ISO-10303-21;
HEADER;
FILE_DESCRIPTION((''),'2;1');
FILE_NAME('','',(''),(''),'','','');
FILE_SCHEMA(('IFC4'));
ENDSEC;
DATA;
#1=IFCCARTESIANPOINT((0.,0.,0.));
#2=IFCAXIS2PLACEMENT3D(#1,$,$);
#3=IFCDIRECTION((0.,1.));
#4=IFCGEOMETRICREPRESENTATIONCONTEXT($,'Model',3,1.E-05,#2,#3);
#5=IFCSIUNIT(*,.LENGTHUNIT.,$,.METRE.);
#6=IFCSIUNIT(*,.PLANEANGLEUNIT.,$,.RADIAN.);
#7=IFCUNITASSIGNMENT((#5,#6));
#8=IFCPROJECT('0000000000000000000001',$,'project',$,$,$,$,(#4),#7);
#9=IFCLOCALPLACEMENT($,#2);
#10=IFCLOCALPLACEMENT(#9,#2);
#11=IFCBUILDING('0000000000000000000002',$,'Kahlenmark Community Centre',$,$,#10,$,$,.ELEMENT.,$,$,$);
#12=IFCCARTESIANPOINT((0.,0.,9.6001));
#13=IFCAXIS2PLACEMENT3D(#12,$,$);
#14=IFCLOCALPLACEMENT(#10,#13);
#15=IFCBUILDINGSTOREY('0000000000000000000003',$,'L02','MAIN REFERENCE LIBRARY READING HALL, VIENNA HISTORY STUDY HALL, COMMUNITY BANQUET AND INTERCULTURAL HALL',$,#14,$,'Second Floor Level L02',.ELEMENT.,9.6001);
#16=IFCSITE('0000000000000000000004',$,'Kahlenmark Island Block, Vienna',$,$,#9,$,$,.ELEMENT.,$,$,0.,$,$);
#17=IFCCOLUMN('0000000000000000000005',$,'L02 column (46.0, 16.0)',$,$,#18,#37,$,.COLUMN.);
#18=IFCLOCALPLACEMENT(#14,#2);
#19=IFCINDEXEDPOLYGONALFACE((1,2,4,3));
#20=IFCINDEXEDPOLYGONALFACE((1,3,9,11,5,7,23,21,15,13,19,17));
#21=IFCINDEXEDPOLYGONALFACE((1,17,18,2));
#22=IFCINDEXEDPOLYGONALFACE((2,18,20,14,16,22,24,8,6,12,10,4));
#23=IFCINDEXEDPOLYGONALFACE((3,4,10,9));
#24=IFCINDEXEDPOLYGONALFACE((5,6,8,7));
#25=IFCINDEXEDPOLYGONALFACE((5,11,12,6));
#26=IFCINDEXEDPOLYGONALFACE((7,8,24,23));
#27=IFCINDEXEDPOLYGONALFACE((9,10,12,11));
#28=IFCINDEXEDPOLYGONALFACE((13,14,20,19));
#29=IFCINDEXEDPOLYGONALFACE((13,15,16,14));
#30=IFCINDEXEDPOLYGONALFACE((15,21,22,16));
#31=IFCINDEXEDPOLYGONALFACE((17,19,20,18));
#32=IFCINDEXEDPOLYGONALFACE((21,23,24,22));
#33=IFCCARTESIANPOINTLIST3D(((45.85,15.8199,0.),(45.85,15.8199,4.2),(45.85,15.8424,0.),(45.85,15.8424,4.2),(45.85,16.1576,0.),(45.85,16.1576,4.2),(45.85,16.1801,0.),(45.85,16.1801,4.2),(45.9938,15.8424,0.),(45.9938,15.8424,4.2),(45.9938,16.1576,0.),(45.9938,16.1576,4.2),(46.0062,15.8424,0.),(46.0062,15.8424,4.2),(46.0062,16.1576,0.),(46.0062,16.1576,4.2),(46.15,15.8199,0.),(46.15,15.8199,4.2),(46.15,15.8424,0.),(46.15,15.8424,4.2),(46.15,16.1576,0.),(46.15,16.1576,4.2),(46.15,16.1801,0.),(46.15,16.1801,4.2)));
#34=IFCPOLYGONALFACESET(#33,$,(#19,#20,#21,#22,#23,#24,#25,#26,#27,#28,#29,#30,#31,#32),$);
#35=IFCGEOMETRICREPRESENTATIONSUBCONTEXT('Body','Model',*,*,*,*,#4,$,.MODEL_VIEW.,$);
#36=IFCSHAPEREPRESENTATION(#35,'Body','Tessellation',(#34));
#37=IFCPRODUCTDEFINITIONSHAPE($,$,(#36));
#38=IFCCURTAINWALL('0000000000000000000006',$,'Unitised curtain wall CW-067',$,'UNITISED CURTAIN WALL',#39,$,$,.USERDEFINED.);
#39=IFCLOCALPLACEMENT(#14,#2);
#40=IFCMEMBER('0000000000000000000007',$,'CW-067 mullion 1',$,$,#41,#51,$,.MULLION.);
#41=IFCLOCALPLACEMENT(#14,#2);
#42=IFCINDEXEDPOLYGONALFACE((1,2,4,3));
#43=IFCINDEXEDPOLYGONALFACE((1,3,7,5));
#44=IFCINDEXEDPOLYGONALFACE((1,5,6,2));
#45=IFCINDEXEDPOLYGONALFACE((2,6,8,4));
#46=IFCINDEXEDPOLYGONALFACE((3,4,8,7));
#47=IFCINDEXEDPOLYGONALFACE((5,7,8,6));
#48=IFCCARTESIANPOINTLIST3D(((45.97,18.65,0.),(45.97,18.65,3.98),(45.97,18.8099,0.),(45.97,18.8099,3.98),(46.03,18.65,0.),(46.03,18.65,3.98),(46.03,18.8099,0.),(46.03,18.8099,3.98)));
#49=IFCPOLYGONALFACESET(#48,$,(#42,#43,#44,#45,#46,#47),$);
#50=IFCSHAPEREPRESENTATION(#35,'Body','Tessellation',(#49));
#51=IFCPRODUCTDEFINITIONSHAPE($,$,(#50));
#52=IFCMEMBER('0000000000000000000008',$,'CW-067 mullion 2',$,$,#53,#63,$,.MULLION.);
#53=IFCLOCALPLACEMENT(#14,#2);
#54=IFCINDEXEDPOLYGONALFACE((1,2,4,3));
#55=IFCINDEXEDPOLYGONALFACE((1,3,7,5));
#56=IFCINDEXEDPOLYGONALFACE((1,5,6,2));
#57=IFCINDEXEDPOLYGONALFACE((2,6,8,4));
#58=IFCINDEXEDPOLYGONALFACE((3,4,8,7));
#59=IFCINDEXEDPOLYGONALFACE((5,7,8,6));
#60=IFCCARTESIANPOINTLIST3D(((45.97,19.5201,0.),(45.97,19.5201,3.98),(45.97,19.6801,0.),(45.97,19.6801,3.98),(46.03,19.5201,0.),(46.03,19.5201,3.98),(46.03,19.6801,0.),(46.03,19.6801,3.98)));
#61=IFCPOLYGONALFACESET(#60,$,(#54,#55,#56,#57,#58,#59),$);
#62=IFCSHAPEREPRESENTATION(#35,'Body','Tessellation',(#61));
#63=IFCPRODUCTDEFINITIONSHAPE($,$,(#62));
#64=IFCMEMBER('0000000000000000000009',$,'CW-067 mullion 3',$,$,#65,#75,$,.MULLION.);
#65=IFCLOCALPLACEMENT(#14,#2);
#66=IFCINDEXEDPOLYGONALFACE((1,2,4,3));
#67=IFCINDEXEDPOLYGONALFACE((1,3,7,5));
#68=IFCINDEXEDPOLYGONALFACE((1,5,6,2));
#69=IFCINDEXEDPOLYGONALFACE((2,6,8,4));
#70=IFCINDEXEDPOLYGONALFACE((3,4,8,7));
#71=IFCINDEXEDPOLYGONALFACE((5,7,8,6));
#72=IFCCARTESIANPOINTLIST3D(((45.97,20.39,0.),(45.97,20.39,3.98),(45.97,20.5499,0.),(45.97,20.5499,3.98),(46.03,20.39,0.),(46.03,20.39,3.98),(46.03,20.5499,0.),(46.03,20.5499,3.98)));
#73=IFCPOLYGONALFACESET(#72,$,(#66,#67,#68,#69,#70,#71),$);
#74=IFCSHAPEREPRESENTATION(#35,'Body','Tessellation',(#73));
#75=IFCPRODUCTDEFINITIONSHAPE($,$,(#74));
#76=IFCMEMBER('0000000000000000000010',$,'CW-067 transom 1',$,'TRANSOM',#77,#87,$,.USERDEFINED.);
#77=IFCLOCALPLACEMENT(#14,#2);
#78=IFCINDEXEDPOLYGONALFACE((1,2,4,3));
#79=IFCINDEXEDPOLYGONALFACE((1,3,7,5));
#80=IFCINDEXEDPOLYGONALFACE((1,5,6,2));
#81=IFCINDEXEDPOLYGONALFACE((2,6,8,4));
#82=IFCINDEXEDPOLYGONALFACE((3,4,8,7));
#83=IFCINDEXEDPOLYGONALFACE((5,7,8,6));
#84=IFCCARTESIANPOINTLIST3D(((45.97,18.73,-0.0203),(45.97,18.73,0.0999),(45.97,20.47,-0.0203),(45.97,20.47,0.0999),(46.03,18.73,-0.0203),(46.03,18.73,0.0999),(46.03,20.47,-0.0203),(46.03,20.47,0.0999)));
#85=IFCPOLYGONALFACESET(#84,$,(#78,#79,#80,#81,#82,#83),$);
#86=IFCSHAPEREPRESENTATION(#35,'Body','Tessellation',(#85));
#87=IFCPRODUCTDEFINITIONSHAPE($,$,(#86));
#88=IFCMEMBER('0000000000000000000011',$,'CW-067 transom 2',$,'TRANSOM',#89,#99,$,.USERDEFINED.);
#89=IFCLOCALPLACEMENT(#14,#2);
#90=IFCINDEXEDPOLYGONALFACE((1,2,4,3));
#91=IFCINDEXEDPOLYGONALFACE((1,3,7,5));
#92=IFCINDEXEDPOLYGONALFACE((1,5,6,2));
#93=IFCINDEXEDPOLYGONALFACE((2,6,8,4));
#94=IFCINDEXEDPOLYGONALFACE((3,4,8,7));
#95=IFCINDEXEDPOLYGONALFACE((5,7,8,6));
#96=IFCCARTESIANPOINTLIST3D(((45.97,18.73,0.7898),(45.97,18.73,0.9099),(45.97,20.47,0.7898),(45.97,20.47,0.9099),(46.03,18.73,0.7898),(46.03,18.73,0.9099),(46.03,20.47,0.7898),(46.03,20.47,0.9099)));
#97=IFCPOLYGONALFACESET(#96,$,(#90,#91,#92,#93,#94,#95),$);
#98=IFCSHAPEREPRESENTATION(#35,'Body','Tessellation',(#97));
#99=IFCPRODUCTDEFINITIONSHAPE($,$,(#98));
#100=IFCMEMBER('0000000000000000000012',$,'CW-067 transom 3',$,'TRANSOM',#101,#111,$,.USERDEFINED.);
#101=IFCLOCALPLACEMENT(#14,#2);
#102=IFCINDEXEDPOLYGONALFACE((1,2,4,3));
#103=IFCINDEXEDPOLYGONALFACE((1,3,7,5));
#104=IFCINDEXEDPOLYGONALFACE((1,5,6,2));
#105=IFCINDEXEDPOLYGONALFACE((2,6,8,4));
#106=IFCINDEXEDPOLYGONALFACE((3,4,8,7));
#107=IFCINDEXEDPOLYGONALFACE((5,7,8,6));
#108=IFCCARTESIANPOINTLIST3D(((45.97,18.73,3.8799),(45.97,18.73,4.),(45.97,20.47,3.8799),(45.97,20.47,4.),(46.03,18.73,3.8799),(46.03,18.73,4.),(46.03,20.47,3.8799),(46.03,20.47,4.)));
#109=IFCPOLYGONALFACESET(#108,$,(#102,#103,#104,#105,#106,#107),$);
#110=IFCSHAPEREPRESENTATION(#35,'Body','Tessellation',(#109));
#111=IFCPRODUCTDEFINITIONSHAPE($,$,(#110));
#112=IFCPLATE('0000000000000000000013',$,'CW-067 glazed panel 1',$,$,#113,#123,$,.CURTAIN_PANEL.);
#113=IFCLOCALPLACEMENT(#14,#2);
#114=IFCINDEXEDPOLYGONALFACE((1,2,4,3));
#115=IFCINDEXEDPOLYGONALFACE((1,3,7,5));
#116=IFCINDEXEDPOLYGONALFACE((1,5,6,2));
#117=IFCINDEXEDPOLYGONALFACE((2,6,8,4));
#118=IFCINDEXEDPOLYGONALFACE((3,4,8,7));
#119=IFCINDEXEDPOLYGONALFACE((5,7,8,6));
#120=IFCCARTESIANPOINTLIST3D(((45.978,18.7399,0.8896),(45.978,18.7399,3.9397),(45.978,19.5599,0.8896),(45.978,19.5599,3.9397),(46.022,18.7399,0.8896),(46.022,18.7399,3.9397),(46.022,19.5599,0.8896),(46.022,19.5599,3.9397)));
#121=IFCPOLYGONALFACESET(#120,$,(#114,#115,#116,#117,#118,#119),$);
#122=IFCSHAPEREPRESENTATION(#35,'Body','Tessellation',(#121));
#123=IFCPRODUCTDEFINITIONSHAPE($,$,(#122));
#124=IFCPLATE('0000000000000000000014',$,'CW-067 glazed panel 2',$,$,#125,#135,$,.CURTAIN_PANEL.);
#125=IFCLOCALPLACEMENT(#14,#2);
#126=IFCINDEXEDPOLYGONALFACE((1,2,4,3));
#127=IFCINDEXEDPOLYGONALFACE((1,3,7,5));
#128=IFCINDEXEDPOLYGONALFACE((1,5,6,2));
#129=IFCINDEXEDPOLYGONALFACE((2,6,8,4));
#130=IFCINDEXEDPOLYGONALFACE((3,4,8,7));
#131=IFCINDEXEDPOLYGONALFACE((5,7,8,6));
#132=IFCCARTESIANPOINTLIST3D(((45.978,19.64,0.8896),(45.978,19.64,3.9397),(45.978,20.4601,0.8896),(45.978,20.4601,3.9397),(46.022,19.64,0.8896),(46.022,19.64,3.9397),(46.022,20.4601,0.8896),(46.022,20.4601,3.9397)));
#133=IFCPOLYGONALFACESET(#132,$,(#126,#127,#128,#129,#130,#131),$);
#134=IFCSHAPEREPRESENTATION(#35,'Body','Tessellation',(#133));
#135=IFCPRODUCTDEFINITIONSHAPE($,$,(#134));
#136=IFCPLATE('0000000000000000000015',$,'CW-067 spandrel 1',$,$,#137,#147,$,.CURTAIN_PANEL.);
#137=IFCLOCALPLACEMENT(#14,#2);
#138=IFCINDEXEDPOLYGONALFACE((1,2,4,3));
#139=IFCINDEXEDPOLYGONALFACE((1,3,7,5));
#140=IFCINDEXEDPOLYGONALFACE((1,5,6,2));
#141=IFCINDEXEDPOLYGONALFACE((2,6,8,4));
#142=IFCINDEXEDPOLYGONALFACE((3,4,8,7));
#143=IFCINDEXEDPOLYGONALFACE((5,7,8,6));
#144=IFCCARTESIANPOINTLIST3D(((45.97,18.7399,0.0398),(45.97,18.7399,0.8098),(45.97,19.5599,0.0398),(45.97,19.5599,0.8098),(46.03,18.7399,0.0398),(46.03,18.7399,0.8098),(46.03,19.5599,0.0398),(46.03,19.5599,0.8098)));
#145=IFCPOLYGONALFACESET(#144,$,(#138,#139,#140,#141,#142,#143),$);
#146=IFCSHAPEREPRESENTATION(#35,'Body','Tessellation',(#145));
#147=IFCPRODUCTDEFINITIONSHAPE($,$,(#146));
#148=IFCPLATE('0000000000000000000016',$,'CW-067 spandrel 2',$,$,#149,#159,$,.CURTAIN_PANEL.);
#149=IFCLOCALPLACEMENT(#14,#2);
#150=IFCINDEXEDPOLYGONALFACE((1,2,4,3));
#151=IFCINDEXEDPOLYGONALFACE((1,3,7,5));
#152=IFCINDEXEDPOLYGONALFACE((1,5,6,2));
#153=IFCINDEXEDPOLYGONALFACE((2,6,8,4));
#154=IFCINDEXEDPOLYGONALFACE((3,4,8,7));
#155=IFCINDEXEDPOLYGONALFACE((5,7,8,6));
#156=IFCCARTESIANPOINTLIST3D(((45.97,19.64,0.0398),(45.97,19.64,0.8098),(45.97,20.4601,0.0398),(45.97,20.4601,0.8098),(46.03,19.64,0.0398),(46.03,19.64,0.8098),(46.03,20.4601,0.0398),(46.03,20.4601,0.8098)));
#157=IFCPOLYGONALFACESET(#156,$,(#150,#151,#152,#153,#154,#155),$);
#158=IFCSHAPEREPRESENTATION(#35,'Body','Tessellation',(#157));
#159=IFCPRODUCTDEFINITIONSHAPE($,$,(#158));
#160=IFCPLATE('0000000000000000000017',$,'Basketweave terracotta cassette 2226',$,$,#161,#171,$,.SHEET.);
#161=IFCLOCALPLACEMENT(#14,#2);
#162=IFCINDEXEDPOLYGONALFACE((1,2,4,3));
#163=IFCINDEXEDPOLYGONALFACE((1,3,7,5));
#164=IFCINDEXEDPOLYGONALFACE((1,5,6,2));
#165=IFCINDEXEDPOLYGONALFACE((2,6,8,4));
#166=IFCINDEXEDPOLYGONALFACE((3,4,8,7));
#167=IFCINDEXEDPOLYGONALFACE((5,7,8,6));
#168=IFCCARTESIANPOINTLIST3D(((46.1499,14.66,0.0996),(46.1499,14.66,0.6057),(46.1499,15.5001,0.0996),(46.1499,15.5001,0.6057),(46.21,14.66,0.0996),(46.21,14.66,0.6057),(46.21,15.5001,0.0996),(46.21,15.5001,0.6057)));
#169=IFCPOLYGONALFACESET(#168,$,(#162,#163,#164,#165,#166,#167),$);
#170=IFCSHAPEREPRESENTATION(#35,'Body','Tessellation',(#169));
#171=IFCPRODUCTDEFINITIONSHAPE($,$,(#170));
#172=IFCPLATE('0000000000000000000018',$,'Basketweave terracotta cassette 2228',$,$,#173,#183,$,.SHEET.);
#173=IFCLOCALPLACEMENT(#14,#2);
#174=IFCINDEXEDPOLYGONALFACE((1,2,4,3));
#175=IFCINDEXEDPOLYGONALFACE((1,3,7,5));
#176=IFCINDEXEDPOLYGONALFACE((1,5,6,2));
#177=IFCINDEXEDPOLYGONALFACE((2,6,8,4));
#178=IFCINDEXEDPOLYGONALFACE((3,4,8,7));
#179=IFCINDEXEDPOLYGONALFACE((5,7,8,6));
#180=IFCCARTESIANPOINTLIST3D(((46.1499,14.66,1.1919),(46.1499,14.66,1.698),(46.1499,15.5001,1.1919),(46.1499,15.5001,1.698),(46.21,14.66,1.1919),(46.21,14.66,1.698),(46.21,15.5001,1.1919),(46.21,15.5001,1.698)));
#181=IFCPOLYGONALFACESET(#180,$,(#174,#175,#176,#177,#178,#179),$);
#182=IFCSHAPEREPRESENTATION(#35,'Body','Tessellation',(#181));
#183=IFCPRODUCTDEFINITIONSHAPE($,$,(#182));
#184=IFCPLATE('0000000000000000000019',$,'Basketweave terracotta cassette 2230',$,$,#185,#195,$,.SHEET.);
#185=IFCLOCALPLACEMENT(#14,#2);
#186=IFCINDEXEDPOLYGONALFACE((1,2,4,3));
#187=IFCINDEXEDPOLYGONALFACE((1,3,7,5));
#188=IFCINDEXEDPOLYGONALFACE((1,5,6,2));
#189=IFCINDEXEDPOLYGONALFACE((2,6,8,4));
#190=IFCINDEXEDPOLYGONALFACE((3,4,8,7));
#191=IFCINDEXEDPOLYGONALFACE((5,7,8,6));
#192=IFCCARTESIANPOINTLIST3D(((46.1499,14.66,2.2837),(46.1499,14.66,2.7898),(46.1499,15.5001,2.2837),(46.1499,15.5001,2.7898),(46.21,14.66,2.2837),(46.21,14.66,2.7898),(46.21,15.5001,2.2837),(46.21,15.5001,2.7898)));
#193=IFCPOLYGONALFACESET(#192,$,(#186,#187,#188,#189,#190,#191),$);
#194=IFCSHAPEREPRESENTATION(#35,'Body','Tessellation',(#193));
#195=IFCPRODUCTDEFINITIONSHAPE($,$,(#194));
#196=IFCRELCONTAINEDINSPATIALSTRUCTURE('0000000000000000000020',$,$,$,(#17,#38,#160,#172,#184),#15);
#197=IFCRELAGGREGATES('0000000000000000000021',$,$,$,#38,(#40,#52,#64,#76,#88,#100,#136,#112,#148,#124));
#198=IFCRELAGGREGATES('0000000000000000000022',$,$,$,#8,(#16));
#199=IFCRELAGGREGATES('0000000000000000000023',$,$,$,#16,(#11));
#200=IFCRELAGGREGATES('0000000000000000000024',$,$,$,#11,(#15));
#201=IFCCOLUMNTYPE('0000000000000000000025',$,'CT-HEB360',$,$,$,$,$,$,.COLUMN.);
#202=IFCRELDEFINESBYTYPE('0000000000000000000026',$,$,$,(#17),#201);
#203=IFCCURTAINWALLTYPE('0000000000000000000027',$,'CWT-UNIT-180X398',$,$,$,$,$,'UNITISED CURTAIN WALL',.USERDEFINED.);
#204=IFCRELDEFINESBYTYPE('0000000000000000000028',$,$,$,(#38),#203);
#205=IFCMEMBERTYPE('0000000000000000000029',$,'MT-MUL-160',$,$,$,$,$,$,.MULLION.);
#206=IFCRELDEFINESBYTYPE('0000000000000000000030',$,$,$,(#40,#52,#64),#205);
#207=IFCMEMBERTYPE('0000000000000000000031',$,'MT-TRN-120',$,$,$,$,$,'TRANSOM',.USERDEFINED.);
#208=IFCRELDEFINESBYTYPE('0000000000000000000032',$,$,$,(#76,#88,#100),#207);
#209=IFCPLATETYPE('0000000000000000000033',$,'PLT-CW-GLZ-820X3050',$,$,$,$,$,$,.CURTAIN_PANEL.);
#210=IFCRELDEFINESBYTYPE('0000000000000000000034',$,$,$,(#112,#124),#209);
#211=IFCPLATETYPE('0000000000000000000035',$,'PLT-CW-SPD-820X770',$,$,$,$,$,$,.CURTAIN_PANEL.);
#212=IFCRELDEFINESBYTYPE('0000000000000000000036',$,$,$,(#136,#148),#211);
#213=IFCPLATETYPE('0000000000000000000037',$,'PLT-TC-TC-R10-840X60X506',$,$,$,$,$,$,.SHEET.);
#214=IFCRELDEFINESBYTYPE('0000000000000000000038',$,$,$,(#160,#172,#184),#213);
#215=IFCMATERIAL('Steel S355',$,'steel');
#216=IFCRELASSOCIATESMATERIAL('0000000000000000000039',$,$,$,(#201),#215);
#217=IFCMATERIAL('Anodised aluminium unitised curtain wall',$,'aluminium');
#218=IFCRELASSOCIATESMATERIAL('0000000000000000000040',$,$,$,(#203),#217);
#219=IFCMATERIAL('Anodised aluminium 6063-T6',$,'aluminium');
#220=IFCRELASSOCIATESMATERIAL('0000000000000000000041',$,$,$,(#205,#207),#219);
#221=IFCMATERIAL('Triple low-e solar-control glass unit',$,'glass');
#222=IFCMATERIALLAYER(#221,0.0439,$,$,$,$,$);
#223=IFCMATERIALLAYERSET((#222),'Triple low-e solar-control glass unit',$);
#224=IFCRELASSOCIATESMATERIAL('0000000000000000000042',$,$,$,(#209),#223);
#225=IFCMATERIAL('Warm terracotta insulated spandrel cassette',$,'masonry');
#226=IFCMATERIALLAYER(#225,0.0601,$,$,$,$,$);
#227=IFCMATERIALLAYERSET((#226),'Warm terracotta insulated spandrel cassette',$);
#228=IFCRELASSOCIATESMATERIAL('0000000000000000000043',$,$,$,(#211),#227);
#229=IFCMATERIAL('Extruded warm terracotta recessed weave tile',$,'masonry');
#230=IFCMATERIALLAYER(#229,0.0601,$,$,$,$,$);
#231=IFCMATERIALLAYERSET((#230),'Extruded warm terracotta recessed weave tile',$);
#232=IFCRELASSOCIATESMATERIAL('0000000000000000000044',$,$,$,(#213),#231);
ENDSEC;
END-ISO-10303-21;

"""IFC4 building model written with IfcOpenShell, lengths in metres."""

from ifc_helpers import new_model, si_unit, direction, frame, origin, origin_2d, place, context, subcontext, project, spatial, rectangle, i_section, extrude, material, layer, layer_set, material_profile, profile_set, type_object, element, aggregate, save


model = new_model("IFC4")

# Units and contexts
model_context = context("Model", 3, precision=1e-05, world=origin(), true_north=direction((0.0, 1.0)))
body_context = subcontext(model_context, "Body", "Model", "MODEL_VIEW")
ifc_project = project(units=[si_unit("LENGTHUNIT", "METRE"), si_unit("PLANEANGLEUNIT", "RADIAN")], contexts=[model_context])

# Site, building, storey
site_placement = place(None, origin())
site = spatial("IfcSite", under=ifc_project, at=site_placement, Name="Kahlenmark Island Block, Vienna", CompositionType="ELEMENT", RefElevation=0.0)
building_placement = place(site_placement, origin())
building = spatial("IfcBuilding", under=site, at=building_placement, Name="Kahlenmark Community Centre", CompositionType="ELEMENT")
storey_placement = place(building_placement, frame((0.0, 0.0, 9.6001)))
storey = spatial("IfcBuildingStorey", under=building, at=storey_placement, Name="L02", Description="MAIN REFERENCE LIBRARY READING HALL, VIENNA HISTORY STUDY HALL, COMMUNITY BANQUET AND INTERCULTURAL HALL", LongName="Second Floor Level L02", CompositionType="ELEMENT", Elevation=9.6001)

# Column
ifc_material_1 = material(Name="Steel S355", Category="steel")
ifc_material_profile_1 = material_profile(ifc_material_1, i_section(OverallWidth=0.3, OverallDepth=0.3601, WebThickness=0.0125, FlangeThickness=0.0225, at=origin_2d()), Name="HEB 360")
ifc_profile_set_1 = profile_set([ifc_material_profile_1], Name="Steel S355")
column_type = type_object("IfcColumnType", Name="CT-HEB360", PredefinedType="COLUMN", material=ifc_profile_set_1)
column_placement = place(storey_placement, frame((46.0, 16.0, 0.0), z_axis=(0.0, 0.0, 1.0), x_axis=(1.0, 0.0, 0.0)))
element("IfcColumn", 1, at=column_placement, inside=storey, type_object=column_type, Name="L02 column (46.0, 16.0)", PredefinedType="COLUMN", context=body_context, shape_type="SweptSolid", body=[
    extrude(i_section(OverallWidth=0.3, OverallDepth=0.3601, WebThickness=0.0125, FlangeThickness=0.0225, at=origin_2d()), origin(), (0.0, 0.0, 1.0), 4.2),
])

# Curtain wall, members, plates
ifc_material_2 = material(Name="Anodised aluminium unitised curtain wall", Category="aluminium")
curtain_wall_type = type_object("IfcCurtainWallType", Name="CWT-UNIT-180X398", ElementType="UNITISED CURTAIN WALL", PredefinedType="USERDEFINED", material=ifc_material_2)
curtain_wall_placement = place(storey_placement, origin())
curtain_wall = element("IfcCurtainWall", 2, at=curtain_wall_placement, inside=storey, type_object=curtain_wall_type, Name="Unitised curtain wall CW-067", ObjectType="UNITISED CURTAIN WALL", PredefinedType="USERDEFINED")
ifc_material_3 = material(Name="Anodised aluminium 6063-T6", Category="aluminium")
ifc_material_profile_2 = material_profile(ifc_material_3, rectangle(XDim=0.0601, YDim=0.1599, at=origin_2d()), Name="ALU MULLION 60x160")
ifc_profile_set_2 = profile_set([ifc_material_profile_2], Name="Anodised aluminium 6063-T6")
member_type_1 = type_object("IfcMemberType", Name="MT-MUL-160", PredefinedType="MULLION", material=ifc_profile_set_2)
member_1_placement = place(storey_placement, frame((46.0, 18.73, 0.0), z_axis=(0.0, 0.0, 1.0), x_axis=(-1.0, 0.0, 0.0)))
member_1 = element("IfcMember", 3, at=member_1_placement, type_object=member_type_1, Name="CW-067 mullion 1", PredefinedType="MULLION", context=body_context, shape_type="SweptSolid", body=[
    extrude(rectangle(XDim=0.0601, YDim=0.1599, at=origin_2d()), origin(), (0.0, 0.0, 1.0), 3.98),
])
member_2_placement = place(storey_placement, frame((46.0, 19.6001, 0.0), z_axis=(0.0, 0.0, 1.0), x_axis=(-1.0, 0.0, 0.0)))
member_2 = element("IfcMember", 4, at=member_2_placement, type_object=member_type_1, Name="CW-067 mullion 2", PredefinedType="MULLION", context=body_context, shape_type="SweptSolid", body=[
    extrude(rectangle(XDim=0.0601, YDim=0.1599, at=origin_2d()), origin(), (0.0, 0.0, 1.0), 3.98),
])
member_3_placement = place(storey_placement, frame((46.0, 20.47, 0.0), z_axis=(0.0, 0.0, 1.0), x_axis=(-1.0, 0.0, 0.0)))
member_3 = element("IfcMember", 5, at=member_3_placement, type_object=member_type_1, Name="CW-067 mullion 3", PredefinedType="MULLION", context=body_context, shape_type="SweptSolid", body=[
    extrude(rectangle(XDim=0.0601, YDim=0.1599, at=origin_2d()), origin(), (0.0, 0.0, 1.0), 3.98),
])
ifc_material_profile_3 = material_profile(ifc_material_3, rectangle(XDim=0.0601, YDim=0.1201, at=origin_2d()), Name="ALU TRANSOM 60x120")
ifc_profile_set_3 = profile_set([ifc_material_profile_3], Name="Anodised aluminium 6063-T6")
member_type_2 = type_object("IfcMemberType", Name="MT-TRN-120", ElementType="TRANSOM", PredefinedType="USERDEFINED", material=ifc_profile_set_3)
member_4_placement = place(storey_placement, frame((46.0, 18.73, 0.0398), z_axis=(0.0, 1.0, 0.0), x_axis=(-1.0, 0.0, 0.0)))
member_4 = element("IfcMember", 6, at=member_4_placement, type_object=member_type_2, Name="CW-067 transom 1", ObjectType="TRANSOM", PredefinedType="USERDEFINED", context=body_context, shape_type="SweptSolid", body=[
    extrude(rectangle(XDim=0.0601, YDim=0.1201, at=origin_2d()), origin(), (0.0, 0.0, 1.0), 1.74),
])
member_5_placement = place(storey_placement, frame((46.0, 18.73, 0.8499), z_axis=(0.0, 1.0, 0.0), x_axis=(-1.0, 0.0, 0.0)))
member_5 = element("IfcMember", 7, at=member_5_placement, type_object=member_type_2, Name="CW-067 transom 2", ObjectType="TRANSOM", PredefinedType="USERDEFINED", context=body_context, shape_type="SweptSolid", body=[
    extrude(rectangle(XDim=0.0601, YDim=0.1201, at=origin_2d()), origin(), (0.0, 0.0, 1.0), 1.74),
])
member_6_placement = place(storey_placement, frame((46.0, 18.73, 3.9399), z_axis=(0.0, 1.0, 0.0), x_axis=(-1.0, 0.0, 0.0)))
member_6 = element("IfcMember", 8, at=member_6_placement, type_object=member_type_2, Name="CW-067 transom 3", ObjectType="TRANSOM", PredefinedType="USERDEFINED", context=body_context, shape_type="SweptSolid", body=[
    extrude(rectangle(XDim=0.0601, YDim=0.1201, at=origin_2d()), origin(), (0.0, 0.0, 1.0), 1.74),
])
ifc_material_4 = material(Name="Triple low-e solar-control glass unit", Category="glass")
ifc_layer_1 = layer(ifc_material_4, 0.0439)
ifc_layer_set_1 = layer_set([ifc_layer_1], Name="Triple low-e solar-control glass unit")
plate_type_1 = type_object("IfcPlateType", Name="PLT-CW-GLZ-820X3050", PredefinedType="CURTAIN_PANEL", material=ifc_layer_set_1)
plate_1_placement = place(storey_placement, frame((46.0, 19.1499, 0.8896), z_axis=(0.0, 0.0, 1.0), x_axis=(0.0, 1.0, 0.0)))
plate_1 = element("IfcPlate", 9, at=plate_1_placement, type_object=plate_type_1, Name="CW-067 glazed panel 1", PredefinedType="CURTAIN_PANEL", context=body_context, shape_type="SweptSolid", body=[
    extrude(rectangle(XDim=0.8201, YDim=0.0439, at=origin_2d()), origin(), (0.0, 0.0, 1.0), 3.05),
])
plate_2_placement = place(storey_placement, frame((46.0, 20.05, 0.8896), z_axis=(0.0, 0.0, 1.0), x_axis=(0.0, 1.0, 0.0)))
plate_2 = element("IfcPlate", 10, at=plate_2_placement, type_object=plate_type_1, Name="CW-067 glazed panel 2", PredefinedType="CURTAIN_PANEL", context=body_context, shape_type="SweptSolid", body=[
    extrude(rectangle(XDim=0.8201, YDim=0.0439, at=origin_2d()), origin(), (0.0, 0.0, 1.0), 3.05),
])
ifc_material_5 = material(Name="Warm terracotta insulated spandrel cassette", Category="masonry")
ifc_layer_2 = layer(ifc_material_5, 0.0601)
ifc_layer_set_2 = layer_set([ifc_layer_2], Name="Warm terracotta insulated spandrel cassette")
plate_type_2 = type_object("IfcPlateType", Name="PLT-CW-SPD-820X770", PredefinedType="CURTAIN_PANEL", material=ifc_layer_set_2)
plate_3_placement = place(storey_placement, frame((46.0, 19.1499, 0.0398), z_axis=(0.0, 0.0, 1.0), x_axis=(0.0, 1.0, 0.0)))
plate_3 = element("IfcPlate", 11, at=plate_3_placement, type_object=plate_type_2, Name="CW-067 spandrel 1", PredefinedType="CURTAIN_PANEL", context=body_context, shape_type="SweptSolid", body=[
    extrude(rectangle(XDim=0.8201, YDim=0.0601, at=origin_2d()), origin(), (0.0, 0.0, 1.0), 0.77),
])
plate_4_placement = place(storey_placement, frame((46.0, 20.05, 0.0398), z_axis=(0.0, 0.0, 1.0), x_axis=(0.0, 1.0, 0.0)))
plate_4 = element("IfcPlate", 12, at=plate_4_placement, type_object=plate_type_2, Name="CW-067 spandrel 2", PredefinedType="CURTAIN_PANEL", context=body_context, shape_type="SweptSolid", body=[
    extrude(rectangle(XDim=0.8201, YDim=0.0601, at=origin_2d()), origin(), (0.0, 0.0, 1.0), 0.77),
])
aggregate(curtain_wall, [member_1, member_2, member_3, member_4, member_5, member_6, plate_3, plate_1, plate_4, plate_2])

# Plates
ifc_material_6 = material(Name="Extruded warm terracotta recessed weave tile", Category="masonry")
ifc_layer_3 = layer(ifc_material_6, 0.0601)
ifc_layer_set_3 = layer_set([ifc_layer_3], Name="Extruded warm terracotta recessed weave tile")
plate_type_3 = type_object("IfcPlateType", Name="PLT-TC-TC-R10-840X60X506", PredefinedType="SHEET", material=ifc_layer_set_3)
for number, where, z_axis, x_axis, name in (
    (13, (46.1799, 15.0801, 0.0996), (0.0, 0.0, 1.0), (0.0, 1.0, 0.0), "Basketweave terracotta cassette 2226"),
    (14, (46.1799, 15.0801, 1.1919), (0.0, 0.0, 1.0), (0.0, 1.0, 0.0), "Basketweave terracotta cassette 2228"),
    (15, (46.1799, 15.0801, 2.2837), (0.0, 0.0, 1.0), (0.0, 1.0, 0.0), "Basketweave terracotta cassette 2230"),
):
    element("IfcPlate", number, at=place(storey_placement, frame(where, z_axis=z_axis, x_axis=x_axis)), inside=storey, type_object=plate_type_3, Name=name, PredefinedType="SHEET", context=body_context, shape_type="SweptSolid", body=[
        extrude(rectangle(XDim=0.8401, YDim=0.0601, at=origin_2d()), origin(), (0.0, 0.0, 1.0), 0.5061),
    ])

save(model, "model.ifc")
